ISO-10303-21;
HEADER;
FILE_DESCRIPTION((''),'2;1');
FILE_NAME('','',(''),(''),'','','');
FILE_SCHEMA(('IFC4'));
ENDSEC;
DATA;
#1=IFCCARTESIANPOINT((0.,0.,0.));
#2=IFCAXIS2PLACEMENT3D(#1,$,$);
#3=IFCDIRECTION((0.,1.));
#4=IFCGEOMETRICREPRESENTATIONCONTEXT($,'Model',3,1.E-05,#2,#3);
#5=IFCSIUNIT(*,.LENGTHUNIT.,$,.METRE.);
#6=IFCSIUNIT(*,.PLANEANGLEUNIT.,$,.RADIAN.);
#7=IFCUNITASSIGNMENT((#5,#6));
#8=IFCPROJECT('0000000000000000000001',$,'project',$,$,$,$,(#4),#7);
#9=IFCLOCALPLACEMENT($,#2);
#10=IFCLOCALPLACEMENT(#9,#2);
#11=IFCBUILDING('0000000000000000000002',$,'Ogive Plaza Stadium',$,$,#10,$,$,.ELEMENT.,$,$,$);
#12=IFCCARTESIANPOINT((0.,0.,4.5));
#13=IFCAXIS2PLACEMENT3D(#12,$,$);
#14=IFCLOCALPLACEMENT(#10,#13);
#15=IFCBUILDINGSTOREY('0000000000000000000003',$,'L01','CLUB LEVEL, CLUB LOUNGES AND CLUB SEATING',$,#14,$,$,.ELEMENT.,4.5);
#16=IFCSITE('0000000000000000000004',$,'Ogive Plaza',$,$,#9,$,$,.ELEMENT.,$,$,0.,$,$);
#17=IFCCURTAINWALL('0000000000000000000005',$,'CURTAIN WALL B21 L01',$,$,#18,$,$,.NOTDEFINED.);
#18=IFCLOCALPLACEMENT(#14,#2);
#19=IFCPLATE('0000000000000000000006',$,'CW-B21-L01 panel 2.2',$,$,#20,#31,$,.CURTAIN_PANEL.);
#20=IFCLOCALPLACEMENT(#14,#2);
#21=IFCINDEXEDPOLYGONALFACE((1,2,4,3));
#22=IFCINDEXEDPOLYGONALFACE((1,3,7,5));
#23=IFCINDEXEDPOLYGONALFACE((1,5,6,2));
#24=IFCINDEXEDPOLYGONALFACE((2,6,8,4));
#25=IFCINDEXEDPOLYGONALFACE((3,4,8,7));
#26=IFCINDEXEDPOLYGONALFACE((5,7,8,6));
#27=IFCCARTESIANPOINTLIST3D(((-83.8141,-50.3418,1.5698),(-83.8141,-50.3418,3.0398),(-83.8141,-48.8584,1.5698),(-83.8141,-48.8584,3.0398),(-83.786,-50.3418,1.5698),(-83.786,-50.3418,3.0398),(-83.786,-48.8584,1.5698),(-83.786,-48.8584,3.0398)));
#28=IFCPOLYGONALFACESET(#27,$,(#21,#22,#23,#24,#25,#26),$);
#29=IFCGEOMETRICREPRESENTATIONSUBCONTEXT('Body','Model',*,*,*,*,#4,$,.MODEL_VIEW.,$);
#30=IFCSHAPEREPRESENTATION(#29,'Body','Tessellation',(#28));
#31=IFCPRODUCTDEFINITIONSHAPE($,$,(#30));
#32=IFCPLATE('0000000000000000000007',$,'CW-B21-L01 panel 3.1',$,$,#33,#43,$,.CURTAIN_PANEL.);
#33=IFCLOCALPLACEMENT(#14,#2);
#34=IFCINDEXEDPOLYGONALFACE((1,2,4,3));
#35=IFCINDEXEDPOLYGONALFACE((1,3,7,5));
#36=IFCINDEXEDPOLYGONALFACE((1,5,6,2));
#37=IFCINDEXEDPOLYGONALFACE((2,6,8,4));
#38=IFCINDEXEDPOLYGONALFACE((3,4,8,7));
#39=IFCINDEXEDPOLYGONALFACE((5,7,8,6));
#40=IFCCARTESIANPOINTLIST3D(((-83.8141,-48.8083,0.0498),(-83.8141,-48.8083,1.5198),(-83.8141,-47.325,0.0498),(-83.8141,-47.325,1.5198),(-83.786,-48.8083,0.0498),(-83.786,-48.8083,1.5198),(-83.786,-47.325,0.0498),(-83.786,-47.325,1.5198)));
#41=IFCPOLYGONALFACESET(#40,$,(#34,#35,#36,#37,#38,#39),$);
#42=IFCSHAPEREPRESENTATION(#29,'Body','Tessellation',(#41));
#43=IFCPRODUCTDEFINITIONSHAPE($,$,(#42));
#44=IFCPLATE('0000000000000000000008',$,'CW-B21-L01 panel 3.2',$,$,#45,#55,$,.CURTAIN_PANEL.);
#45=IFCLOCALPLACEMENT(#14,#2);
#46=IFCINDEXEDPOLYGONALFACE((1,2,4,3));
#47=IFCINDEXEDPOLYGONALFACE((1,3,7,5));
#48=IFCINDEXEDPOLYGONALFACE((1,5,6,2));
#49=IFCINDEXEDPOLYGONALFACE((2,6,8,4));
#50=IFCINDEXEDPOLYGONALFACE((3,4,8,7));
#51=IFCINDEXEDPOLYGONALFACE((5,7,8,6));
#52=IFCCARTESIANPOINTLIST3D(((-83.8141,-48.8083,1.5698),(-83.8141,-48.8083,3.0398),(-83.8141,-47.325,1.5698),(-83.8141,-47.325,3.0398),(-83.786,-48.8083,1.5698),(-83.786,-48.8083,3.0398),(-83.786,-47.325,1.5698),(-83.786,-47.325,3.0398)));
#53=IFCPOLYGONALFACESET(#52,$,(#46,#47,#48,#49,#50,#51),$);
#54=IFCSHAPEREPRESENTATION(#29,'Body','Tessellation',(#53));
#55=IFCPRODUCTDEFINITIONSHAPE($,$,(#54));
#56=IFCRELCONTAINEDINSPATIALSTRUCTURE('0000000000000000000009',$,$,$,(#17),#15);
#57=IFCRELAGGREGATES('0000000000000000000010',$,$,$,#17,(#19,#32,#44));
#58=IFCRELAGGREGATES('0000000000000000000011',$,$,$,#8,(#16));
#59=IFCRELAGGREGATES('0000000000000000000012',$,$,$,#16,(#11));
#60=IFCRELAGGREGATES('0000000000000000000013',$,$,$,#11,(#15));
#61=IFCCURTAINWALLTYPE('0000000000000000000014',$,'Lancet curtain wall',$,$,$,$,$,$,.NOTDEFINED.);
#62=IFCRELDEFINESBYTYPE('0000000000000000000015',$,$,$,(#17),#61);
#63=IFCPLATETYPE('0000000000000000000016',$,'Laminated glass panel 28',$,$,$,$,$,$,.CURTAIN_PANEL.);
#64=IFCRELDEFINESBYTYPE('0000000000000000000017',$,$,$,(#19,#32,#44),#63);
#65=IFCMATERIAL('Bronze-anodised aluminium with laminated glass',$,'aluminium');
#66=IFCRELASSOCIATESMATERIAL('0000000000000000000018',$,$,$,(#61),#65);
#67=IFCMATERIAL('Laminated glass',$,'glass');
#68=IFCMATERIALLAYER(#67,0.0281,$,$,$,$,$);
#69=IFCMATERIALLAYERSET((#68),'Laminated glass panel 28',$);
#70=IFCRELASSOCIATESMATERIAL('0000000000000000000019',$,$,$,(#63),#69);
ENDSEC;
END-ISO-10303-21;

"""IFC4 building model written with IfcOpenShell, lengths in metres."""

from ifc_helpers import new_model, si_unit, direction, frame, origin, origin_2d, place, context, subcontext, project, spatial, rectangle, extrude, material, layer, layer_set, type_object, element, aggregate, save


model = new_model("IFC4")

# Units and contexts
model_context = context("Model", 3, precision=1e-05, world=origin(), true_north=direction((0.0, 1.0)))
body_context = subcontext(model_context, "Body", "Model", "MODEL_VIEW")
ifc_project = project(units=[si_unit("LENGTHUNIT", "METRE"), si_unit("PLANEANGLEUNIT", "RADIAN")], contexts=[model_context])

# Site, building, storey
site_placement = place(None, origin())
site = spatial("IfcSite", under=ifc_project, at=site_placement, Name="Ogive Plaza", CompositionType="ELEMENT", RefElevation=0.0)
building_placement = place(site_placement, origin())
building = spatial("IfcBuilding", under=site, at=building_placement, Name="Ogive Plaza Stadium", CompositionType="ELEMENT")
storey_placement = place(building_placement, frame((0.0, 0.0, 4.5)))
storey = spatial("IfcBuildingStorey", under=building, at=storey_placement, Name="L01", Description="CLUB LEVEL, CLUB LOUNGES AND CLUB SEATING", CompositionType="ELEMENT", Elevation=4.5)

# Curtain wall
ifc_material_1 = material(Name="Bronze-anodised aluminium with laminated glass", Category="aluminium")
curtain_wall_type = type_object("IfcCurtainWallType", Name="Lancet curtain wall", PredefinedType="NOTDEFINED", material=ifc_material_1)
curtain_wall_1_placement = place(storey_placement, origin())
curtain_wall_1 = element("IfcCurtainWall", 1, at=curtain_wall_1_placement, inside=storey, type_object=curtain_wall_type, Name="CURTAIN WALL B21 L01", PredefinedType="NOTDEFINED")

# Plates
ifc_material_2 = material(Name="Laminated glass", Category="glass")
ifc_layer = layer(ifc_material_2, 0.0281)
ifc_layer_set = layer_set([ifc_layer], Name="Laminated glass panel 28")
plate_type = type_object("IfcPlateType", Name="Laminated glass panel 28", PredefinedType="CURTAIN_PANEL", material=ifc_layer_set)
plate_1_placement = place(storey_placement, frame((-83.8, -49.6001, 1.5698), z_axis=(0.0, 0.0, 1.0), x_axis=(0.0, 1.0, 0.0)))
plate_1 = element("IfcPlate", 2, at=plate_1_placement, type_object=plate_type, Name="CW-B21-L01 panel 2.2", PredefinedType="CURTAIN_PANEL", context=body_context, shape_type="SweptSolid", body=[
    extrude(rectangle(XDim=1.4834, YDim=0.0281, at=origin_2d()), origin(), (0.0, 0.0, 1.0), 1.47),
])
plate_2_placement = place(storey_placement, frame((-83.8, -48.0667, 0.0498), z_axis=(0.0, 0.0, 1.0), x_axis=(0.0, 1.0, 0.0)))
plate_2 = element("IfcPlate", 3, at=plate_2_placement, type_object=plate_type, Name="CW-B21-L01 panel 3.1", PredefinedType="CURTAIN_PANEL", context=body_context, shape_type="SweptSolid", body=[
    extrude(rectangle(XDim=1.4834, YDim=0.0281, at=origin_2d()), origin(), (0.0, 0.0, 1.0), 1.47),
])
plate_3_placement = place(storey_placement, frame((-83.8, -48.0667, 1.5698), z_axis=(0.0, 0.0, 1.0), x_axis=(0.0, 1.0, 0.0)))
plate_3 = element("IfcPlate", 4, at=plate_3_placement, type_object=plate_type, Name="CW-B21-L01 panel 3.2", PredefinedType="CURTAIN_PANEL", context=body_context, shape_type="SweptSolid", body=[
    extrude(rectangle(XDim=1.4834, YDim=0.0281, at=origin_2d()), origin(), (0.0, 0.0, 1.0), 1.47),
])
aggregate(curtain_wall_1, [plate_1, plate_2, plate_3])

save(model, "model.ifc")
